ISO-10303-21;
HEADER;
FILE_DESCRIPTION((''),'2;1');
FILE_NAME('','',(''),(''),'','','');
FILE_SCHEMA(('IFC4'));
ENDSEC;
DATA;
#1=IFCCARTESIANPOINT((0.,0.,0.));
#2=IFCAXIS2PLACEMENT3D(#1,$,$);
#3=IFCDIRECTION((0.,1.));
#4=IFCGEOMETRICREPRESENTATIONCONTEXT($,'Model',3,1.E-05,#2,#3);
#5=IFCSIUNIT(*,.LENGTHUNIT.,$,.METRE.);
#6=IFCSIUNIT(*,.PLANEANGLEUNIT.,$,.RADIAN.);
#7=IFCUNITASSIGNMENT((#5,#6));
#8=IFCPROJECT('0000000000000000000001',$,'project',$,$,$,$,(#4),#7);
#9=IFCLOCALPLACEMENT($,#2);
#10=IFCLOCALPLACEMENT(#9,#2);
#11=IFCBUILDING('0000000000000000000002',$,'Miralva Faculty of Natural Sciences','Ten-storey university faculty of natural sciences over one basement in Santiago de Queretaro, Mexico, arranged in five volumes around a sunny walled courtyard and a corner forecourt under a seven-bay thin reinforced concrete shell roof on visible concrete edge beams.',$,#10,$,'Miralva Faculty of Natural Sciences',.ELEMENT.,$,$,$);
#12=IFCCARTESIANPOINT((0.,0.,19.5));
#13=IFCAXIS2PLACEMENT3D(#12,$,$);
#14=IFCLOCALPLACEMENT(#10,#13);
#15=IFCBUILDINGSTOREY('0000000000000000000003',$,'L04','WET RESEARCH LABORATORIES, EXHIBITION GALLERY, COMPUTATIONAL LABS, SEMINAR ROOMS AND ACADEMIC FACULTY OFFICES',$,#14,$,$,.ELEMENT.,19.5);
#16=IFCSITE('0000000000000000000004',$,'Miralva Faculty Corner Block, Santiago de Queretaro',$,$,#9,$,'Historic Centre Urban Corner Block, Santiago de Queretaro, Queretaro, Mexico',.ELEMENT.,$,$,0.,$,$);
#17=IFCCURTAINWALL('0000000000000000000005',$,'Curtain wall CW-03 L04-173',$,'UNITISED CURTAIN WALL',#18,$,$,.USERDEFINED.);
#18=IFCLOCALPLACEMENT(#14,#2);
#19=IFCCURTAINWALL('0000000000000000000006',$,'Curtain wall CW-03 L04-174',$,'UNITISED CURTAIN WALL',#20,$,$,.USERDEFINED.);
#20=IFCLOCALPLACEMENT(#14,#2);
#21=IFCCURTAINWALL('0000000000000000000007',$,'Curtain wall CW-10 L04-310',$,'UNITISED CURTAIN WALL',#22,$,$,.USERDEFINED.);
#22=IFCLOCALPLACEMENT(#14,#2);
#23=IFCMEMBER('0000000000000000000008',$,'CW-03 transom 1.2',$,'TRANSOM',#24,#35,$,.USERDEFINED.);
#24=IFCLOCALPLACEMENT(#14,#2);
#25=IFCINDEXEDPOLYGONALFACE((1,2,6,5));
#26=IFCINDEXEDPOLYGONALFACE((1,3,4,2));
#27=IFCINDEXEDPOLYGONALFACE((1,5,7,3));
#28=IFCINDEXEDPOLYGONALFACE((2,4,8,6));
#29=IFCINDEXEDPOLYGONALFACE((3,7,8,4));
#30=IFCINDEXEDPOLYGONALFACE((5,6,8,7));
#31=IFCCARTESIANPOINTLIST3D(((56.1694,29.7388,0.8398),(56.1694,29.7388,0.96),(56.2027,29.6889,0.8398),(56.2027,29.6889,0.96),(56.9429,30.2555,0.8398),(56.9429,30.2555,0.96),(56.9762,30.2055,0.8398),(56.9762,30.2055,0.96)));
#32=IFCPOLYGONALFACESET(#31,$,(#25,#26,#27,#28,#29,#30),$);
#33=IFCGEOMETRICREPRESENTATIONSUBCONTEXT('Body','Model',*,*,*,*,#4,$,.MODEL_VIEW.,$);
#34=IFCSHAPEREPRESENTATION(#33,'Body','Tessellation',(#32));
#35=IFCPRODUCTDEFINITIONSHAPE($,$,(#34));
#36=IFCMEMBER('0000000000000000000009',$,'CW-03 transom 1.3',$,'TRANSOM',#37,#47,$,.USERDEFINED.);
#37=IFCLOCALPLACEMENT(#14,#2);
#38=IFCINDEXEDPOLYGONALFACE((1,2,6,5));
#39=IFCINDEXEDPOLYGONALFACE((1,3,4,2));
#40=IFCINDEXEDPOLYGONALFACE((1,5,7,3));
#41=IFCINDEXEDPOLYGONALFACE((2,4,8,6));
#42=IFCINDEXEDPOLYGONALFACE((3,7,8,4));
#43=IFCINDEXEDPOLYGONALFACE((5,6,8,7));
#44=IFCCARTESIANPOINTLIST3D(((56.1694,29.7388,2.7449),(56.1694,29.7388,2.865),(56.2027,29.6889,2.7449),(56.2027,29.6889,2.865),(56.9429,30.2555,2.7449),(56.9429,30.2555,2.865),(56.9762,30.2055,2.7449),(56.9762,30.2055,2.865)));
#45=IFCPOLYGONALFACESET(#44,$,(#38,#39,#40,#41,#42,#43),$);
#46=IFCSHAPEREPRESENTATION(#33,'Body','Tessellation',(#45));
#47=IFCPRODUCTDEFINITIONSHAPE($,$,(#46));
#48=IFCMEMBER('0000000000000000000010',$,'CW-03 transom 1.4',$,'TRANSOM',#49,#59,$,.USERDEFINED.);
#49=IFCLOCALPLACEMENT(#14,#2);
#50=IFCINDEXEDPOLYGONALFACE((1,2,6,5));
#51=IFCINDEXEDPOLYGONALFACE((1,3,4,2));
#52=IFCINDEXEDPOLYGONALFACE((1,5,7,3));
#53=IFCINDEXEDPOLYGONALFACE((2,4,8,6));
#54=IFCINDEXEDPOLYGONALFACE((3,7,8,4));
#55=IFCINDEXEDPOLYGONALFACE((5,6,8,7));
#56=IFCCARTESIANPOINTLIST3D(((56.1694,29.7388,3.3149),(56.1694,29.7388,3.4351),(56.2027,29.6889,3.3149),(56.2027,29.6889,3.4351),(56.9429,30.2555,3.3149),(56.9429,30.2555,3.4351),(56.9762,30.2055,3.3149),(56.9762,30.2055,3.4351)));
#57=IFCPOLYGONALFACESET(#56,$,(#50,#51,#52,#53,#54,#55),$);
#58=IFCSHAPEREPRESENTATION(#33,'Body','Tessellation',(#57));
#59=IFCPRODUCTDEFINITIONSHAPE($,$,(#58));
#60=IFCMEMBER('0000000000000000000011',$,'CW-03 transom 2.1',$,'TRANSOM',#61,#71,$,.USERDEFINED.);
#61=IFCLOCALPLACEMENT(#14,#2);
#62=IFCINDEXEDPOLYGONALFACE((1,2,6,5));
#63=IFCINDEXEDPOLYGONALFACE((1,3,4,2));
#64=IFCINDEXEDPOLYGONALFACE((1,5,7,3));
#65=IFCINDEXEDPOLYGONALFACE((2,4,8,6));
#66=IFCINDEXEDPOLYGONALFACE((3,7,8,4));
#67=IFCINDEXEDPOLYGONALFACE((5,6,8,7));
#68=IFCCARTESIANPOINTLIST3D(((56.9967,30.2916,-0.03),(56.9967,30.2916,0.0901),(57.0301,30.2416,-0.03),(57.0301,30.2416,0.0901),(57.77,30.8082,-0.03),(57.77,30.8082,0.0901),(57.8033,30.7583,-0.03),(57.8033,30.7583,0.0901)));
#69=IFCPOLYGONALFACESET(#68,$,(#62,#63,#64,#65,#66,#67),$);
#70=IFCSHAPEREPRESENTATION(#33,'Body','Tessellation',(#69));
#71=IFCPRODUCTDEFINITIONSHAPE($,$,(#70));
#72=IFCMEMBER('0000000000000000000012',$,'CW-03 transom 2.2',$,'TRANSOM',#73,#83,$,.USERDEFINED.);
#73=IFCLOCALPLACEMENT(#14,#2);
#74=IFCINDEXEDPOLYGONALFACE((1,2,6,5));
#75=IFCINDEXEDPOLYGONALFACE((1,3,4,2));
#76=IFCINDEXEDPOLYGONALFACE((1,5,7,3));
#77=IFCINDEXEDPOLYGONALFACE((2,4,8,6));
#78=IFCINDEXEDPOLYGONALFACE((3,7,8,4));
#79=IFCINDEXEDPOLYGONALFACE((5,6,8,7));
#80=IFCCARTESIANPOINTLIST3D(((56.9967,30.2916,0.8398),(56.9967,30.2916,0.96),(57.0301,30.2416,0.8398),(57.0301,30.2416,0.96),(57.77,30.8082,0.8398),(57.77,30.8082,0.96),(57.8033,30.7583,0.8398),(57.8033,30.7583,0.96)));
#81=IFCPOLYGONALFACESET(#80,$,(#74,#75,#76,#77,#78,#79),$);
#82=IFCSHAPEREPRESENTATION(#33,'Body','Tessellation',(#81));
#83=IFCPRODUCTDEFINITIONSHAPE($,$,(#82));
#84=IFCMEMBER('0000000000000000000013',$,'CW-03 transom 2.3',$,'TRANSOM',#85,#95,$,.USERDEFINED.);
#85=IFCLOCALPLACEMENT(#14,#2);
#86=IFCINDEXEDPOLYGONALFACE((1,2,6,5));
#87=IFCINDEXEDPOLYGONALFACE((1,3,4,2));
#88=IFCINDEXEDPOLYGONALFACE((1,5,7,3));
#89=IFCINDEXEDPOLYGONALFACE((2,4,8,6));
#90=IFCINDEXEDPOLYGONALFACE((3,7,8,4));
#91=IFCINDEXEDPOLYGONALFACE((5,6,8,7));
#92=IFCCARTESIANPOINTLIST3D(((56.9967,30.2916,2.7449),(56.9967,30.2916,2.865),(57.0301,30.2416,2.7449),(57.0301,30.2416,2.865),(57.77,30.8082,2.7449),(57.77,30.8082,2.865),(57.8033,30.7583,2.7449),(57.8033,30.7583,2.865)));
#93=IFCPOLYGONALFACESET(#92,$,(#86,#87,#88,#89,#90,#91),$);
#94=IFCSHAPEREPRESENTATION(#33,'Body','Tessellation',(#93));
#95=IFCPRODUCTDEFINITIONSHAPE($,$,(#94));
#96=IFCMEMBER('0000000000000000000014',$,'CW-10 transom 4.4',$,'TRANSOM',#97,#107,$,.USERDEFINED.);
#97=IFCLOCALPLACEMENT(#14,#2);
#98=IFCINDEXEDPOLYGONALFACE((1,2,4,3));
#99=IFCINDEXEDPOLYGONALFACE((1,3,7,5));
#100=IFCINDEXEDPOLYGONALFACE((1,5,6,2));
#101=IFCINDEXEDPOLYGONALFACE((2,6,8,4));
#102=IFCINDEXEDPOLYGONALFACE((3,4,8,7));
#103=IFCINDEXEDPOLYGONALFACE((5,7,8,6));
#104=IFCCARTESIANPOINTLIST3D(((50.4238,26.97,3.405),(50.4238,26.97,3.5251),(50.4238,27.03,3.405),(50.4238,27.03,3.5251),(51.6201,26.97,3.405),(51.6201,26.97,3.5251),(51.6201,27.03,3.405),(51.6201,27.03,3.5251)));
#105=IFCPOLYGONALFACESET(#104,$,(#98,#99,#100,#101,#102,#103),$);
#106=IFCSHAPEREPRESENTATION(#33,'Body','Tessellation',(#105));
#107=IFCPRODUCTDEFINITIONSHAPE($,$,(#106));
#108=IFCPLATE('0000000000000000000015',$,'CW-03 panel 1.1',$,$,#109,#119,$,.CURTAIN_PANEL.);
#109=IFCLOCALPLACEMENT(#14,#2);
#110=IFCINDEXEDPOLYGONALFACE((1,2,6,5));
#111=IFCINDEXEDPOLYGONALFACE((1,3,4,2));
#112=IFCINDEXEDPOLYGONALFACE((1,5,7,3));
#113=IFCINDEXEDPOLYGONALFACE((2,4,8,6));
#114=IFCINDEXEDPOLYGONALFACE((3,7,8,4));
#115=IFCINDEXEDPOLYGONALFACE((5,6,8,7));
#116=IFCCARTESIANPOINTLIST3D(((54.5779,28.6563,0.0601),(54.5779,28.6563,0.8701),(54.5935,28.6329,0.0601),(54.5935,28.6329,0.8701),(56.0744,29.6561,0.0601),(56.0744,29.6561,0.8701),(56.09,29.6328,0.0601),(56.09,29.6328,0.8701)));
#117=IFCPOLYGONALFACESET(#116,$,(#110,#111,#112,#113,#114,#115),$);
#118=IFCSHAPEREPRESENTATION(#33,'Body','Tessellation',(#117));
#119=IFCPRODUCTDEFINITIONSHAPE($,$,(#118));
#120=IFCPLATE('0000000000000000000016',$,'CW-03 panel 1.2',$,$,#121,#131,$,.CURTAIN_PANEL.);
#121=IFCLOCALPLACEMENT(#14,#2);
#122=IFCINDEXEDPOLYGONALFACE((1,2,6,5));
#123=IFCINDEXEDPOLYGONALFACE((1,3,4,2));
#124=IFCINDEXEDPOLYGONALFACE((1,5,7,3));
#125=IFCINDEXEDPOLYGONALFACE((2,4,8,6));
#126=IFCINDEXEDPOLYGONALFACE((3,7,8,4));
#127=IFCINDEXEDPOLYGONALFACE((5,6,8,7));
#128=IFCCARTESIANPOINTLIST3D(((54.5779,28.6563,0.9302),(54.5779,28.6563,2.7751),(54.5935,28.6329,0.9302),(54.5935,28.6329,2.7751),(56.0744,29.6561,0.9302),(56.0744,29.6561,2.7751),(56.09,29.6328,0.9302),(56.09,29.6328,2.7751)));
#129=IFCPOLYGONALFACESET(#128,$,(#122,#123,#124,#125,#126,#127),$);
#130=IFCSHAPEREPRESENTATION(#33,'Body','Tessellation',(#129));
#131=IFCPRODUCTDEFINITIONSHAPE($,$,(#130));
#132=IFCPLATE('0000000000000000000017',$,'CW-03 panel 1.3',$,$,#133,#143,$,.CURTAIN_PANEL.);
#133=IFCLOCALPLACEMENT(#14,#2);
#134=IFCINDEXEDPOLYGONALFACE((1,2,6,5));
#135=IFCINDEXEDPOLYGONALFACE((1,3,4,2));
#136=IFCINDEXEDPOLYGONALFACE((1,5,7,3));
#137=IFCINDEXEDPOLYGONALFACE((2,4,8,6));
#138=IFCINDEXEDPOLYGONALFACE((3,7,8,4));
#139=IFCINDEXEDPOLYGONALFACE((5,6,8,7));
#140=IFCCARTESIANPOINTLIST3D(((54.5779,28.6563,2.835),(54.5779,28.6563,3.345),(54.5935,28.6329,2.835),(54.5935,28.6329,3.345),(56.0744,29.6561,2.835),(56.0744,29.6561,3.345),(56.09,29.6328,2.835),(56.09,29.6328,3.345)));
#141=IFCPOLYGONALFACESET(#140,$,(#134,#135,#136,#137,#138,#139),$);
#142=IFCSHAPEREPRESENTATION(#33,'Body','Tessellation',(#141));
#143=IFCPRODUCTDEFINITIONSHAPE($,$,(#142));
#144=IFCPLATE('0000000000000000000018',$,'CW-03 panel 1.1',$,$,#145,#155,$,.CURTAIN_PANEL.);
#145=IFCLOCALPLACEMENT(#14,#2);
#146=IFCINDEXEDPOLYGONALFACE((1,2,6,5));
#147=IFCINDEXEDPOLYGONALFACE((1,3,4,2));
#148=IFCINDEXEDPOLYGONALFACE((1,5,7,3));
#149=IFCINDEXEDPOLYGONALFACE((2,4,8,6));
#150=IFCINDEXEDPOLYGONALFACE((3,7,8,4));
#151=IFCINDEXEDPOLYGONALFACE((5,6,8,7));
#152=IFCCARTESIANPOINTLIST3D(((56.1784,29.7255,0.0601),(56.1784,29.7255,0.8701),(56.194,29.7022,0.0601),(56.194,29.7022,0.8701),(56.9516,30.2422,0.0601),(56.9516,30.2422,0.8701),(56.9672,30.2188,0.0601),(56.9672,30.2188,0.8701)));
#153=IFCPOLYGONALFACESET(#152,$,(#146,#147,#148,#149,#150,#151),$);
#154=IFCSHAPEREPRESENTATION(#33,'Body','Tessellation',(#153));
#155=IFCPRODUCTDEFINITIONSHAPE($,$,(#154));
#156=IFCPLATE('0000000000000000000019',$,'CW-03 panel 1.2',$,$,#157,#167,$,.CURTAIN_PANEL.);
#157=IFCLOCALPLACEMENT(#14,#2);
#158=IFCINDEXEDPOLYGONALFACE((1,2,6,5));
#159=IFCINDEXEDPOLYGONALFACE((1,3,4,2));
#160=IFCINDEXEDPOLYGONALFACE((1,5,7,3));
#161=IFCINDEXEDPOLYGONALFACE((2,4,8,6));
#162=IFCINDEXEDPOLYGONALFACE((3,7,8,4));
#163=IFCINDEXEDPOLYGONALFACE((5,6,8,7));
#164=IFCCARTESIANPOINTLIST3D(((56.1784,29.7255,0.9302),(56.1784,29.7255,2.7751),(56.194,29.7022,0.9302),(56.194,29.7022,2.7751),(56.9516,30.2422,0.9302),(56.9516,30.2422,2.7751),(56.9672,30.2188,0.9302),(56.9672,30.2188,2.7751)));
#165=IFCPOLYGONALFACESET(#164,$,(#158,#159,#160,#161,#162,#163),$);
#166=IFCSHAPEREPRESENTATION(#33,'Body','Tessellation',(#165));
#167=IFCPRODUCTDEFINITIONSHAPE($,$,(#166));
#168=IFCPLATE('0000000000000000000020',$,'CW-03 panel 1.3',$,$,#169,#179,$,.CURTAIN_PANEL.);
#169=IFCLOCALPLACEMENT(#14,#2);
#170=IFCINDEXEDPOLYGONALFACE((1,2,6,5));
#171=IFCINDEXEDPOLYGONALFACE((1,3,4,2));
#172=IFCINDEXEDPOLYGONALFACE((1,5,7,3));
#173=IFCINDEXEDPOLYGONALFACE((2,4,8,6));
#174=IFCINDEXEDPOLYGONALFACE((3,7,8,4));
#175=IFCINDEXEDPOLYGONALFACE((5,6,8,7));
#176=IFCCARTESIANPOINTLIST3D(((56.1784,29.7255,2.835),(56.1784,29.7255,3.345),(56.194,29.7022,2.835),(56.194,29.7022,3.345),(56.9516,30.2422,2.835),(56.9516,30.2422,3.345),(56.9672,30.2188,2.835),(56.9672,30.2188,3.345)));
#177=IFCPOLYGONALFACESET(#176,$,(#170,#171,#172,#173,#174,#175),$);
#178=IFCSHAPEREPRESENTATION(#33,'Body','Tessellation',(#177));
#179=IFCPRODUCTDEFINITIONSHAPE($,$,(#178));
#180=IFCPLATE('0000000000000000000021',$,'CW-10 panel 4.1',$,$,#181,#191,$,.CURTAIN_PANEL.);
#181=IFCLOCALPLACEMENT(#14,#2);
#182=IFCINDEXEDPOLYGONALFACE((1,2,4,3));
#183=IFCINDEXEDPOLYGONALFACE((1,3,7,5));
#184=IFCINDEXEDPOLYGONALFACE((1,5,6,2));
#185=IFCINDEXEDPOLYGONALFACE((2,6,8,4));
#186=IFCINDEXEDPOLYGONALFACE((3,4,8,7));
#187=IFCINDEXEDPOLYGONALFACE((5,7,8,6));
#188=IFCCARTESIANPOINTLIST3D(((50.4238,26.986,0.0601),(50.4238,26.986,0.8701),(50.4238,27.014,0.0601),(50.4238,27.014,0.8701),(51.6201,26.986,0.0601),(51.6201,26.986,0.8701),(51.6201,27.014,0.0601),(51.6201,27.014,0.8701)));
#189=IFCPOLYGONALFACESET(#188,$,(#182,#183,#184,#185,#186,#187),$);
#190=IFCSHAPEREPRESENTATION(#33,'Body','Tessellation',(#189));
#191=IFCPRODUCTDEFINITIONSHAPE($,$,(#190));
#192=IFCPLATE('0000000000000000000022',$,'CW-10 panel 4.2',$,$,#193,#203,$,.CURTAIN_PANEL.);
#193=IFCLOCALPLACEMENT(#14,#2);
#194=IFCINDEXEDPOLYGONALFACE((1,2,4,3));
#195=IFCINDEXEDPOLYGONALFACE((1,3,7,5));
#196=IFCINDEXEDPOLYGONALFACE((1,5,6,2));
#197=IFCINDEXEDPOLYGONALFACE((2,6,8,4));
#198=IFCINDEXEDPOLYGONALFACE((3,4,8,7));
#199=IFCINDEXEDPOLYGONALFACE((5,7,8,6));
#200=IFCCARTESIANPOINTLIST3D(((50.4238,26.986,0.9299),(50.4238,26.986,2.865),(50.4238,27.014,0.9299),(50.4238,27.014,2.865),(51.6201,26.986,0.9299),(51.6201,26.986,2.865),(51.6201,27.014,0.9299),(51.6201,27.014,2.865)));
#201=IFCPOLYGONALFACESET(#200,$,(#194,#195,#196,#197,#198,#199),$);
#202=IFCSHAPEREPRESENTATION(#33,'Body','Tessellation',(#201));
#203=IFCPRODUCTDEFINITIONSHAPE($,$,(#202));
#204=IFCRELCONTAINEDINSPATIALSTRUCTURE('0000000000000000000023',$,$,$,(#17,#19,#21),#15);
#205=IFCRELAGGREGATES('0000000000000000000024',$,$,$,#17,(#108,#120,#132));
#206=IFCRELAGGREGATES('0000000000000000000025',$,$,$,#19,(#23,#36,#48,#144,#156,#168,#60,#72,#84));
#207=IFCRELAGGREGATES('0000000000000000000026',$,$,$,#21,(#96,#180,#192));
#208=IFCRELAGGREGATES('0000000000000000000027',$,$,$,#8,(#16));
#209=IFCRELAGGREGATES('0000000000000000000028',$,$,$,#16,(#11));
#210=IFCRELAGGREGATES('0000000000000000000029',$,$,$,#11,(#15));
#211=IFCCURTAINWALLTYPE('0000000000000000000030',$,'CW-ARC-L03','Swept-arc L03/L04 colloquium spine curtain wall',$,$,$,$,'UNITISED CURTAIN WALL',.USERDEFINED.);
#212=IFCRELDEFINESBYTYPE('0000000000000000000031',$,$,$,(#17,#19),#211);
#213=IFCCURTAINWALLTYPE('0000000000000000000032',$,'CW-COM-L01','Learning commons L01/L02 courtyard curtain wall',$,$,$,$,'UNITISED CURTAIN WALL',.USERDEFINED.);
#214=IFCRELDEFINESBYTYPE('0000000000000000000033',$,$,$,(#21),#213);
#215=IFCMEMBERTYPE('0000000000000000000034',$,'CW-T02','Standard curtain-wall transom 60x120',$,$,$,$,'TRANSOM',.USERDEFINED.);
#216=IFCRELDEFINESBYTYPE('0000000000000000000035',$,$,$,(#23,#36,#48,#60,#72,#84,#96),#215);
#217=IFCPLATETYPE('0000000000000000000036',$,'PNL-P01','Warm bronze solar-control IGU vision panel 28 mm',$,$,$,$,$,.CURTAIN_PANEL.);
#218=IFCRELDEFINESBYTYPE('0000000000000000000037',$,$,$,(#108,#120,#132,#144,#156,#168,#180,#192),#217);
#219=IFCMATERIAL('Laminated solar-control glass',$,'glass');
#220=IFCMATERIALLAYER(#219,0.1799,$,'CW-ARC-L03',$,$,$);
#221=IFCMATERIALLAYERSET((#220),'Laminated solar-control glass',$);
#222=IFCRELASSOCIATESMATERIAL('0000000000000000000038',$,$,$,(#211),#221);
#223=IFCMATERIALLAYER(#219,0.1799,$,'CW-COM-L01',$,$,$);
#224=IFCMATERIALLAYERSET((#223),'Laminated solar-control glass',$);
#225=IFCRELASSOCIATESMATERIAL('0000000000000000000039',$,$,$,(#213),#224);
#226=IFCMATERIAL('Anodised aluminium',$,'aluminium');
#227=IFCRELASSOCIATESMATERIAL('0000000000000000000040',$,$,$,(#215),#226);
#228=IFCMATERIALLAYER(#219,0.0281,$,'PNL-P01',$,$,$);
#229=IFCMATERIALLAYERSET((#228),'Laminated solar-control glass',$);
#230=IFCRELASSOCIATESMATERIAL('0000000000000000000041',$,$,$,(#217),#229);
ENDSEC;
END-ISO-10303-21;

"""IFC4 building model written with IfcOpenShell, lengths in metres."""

from ifc_helpers import new_model, si_unit, direction, frame, origin, origin_2d, place, context, subcontext, project, spatial, rectangle, extrude, material, layer, layer_set, material_profile, profile_set, type_object, element, aggregate, save


model = new_model("IFC4")

# Units and contexts
model_context = context("Model", 3, precision=1e-05, world=origin(), true_north=direction((0.0, 1.0)))
body_context = subcontext(model_context, "Body", "Model", "MODEL_VIEW")
ifc_project = project(units=[si_unit("LENGTHUNIT", "METRE"), si_unit("PLANEANGLEUNIT", "RADIAN")], contexts=[model_context])

# Site, building, storey
site_placement = place(None, origin())
site = spatial("IfcSite", under=ifc_project, at=site_placement, Name="Miralva Faculty Corner Block, Santiago de Queretaro", LongName="Historic Centre Urban Corner Block, Santiago de Queretaro, Queretaro, Mexico", CompositionType="ELEMENT", RefElevation=0.0)
building_placement = place(site_placement, origin())
building = spatial("IfcBuilding", under=site, at=building_placement, Name="Miralva Faculty of Natural Sciences", Description="Ten-storey university faculty of natural sciences over one basement in Santiago de Queretaro, Mexico, arranged in five volumes around a sunny walled courtyard and a corner forecourt under a seven-bay thin reinforced concrete shell roof on visible concrete edge beams.", LongName="Miralva Faculty of Natural Sciences", CompositionType="ELEMENT")
storey_placement = place(building_placement, frame((0.0, 0.0, 19.5)))
storey = spatial("IfcBuildingStorey", under=building, at=storey_placement, Name="L04", Description="WET RESEARCH LABORATORIES, EXHIBITION GALLERY, COMPUTATIONAL LABS, SEMINAR ROOMS AND ACADEMIC FACULTY OFFICES", CompositionType="ELEMENT", Elevation=19.5)

# Curtain walls
ifc_material_1 = material(Name="Laminated solar-control glass", Category="glass")
ifc_layer_1 = layer(ifc_material_1, 0.1799, Name="CW-ARC-L03")
ifc_layer_set_1 = layer_set([ifc_layer_1], Name="Laminated solar-control glass")
curtain_wall_type_1 = type_object("IfcCurtainWallType", Name="CW-ARC-L03", Description="Swept-arc L03/L04 colloquium spine curtain wall", ElementType="UNITISED CURTAIN WALL", PredefinedType="USERDEFINED", material=ifc_layer_set_1)
curtain_wall_1_placement = place(storey_placement, origin())
curtain_wall_1 = element("IfcCurtainWall", 1, at=curtain_wall_1_placement, inside=storey, type_object=curtain_wall_type_1, Name="Curtain wall CW-03 L04-173", ObjectType="UNITISED CURTAIN WALL", PredefinedType="USERDEFINED")
ifc_material_2 = material(Name="Anodised aluminium", Category="aluminium")
curtain_wall_2_placement = place(storey_placement, origin())
curtain_wall_2 = element("IfcCurtainWall", 2, at=curtain_wall_2_placement, inside=storey, type_object=curtain_wall_type_1, Name="Curtain wall CW-03 L04-174", ObjectType="UNITISED CURTAIN WALL", PredefinedType="USERDEFINED")

# Curtain wall
ifc_layer_2 = layer(ifc_material_1, 0.1799, Name="CW-COM-L01")
ifc_layer_set_2 = layer_set([ifc_layer_2], Name="Laminated solar-control glass")
curtain_wall_type_2 = type_object("IfcCurtainWallType", Name="CW-COM-L01", Description="Learning commons L01/L02 courtyard curtain wall", ElementType="UNITISED CURTAIN WALL", PredefinedType="USERDEFINED", material=ifc_layer_set_2)
curtain_wall_3_placement = place(storey_placement, origin())
curtain_wall_3 = element("IfcCurtainWall", 3, at=curtain_wall_3_placement, inside=storey, type_object=curtain_wall_type_2, Name="Curtain wall CW-10 L04-310", ObjectType="UNITISED CURTAIN WALL", PredefinedType="USERDEFINED")

# Members
ifc_material_profile_1 = material_profile(ifc_material_2, rectangle(XDim=0.0601, YDim=0.1201, at=origin_2d()), Name="TRANSOM 60x120")
ifc_profile_set_1 = profile_set([ifc_material_profile_1], Name="Anodised aluminium")
member_type_1 = type_object("IfcMemberType", Name="CW-T02", Description="Standard curtain-wall transom 60x120", ElementType="TRANSOM", PredefinedType="USERDEFINED", material=ifc_profile_set_1)
member_1_placement = place(storey_placement, frame((56.186, 29.7139, 0.8999), z_axis=(0.831565, 0.555427, 0.0), x_axis=(-0.555427, 0.831565, 0.0)))
member_1 = element("IfcMember", 4, at=member_1_placement, type_object=member_type_1, Name="CW-03 transom 1.2", ObjectType="TRANSOM", PredefinedType="USERDEFINED", context=body_context, shape_type="SweptSolid", body=[
    extrude(rectangle(XDim=0.0601, YDim=0.1201, at=origin_2d()), origin(), (0.0, 0.0, 1.0), 0.9302),
])
member_2_placement = place(storey_placement, frame((56.186, 29.7139, 2.8049), z_axis=(0.831565, 0.555427, 0.0), x_axis=(-0.555427, 0.831565, 0.0)))
member_2 = element("IfcMember", 5, at=member_2_placement, type_object=member_type_1, Name="CW-03 transom 1.3", ObjectType="TRANSOM", PredefinedType="USERDEFINED", context=body_context, shape_type="SweptSolid", body=[
    extrude(rectangle(XDim=0.0601, YDim=0.1201, at=origin_2d()), origin(), (0.0, 0.0, 1.0), 0.9302),
])
member_3_placement = place(storey_placement, frame((56.186, 29.7139, 3.375), z_axis=(0.831565, 0.555427, 0.0), x_axis=(-0.555427, 0.831565, 0.0)))
member_3 = element("IfcMember", 6, at=member_3_placement, type_object=member_type_1, Name="CW-03 transom 1.4", ObjectType="TRANSOM", PredefinedType="USERDEFINED", context=body_context, shape_type="SweptSolid", body=[
    extrude(rectangle(XDim=0.0601, YDim=0.1201, at=origin_2d()), origin(), (0.0, 0.0, 1.0), 0.9302),
])
member_4_placement = place(storey_placement, frame((57.0134, 30.2666, 0.03), z_axis=(0.831484, 0.555548, 0.0), x_axis=(-0.555548, 0.831484, 0.0)))
member_4 = element("IfcMember", 7, at=member_4_placement, type_object=member_type_1, Name="CW-03 transom 2.1", ObjectType="TRANSOM", PredefinedType="USERDEFINED", context=body_context, shape_type="SweptSolid", body=[
    extrude(rectangle(XDim=0.0601, YDim=0.1201, at=origin_2d()), origin(), (0.0, 0.0, 1.0), 0.9299),
])
member_5_placement = place(storey_placement, frame((57.0134, 30.2666, 0.8999), z_axis=(0.831484, 0.555548, 0.0), x_axis=(-0.555548, 0.831484, 0.0)))
member_5 = element("IfcMember", 8, at=member_5_placement, type_object=member_type_1, Name="CW-03 transom 2.2", ObjectType="TRANSOM", PredefinedType="USERDEFINED", context=body_context, shape_type="SweptSolid", body=[
    extrude(rectangle(XDim=0.0601, YDim=0.1201, at=origin_2d()), origin(), (0.0, 0.0, 1.0), 0.9299),
])
member_6_placement = place(storey_placement, frame((57.0134, 30.2666, 2.8049), z_axis=(0.831484, 0.555548, 0.0), x_axis=(-0.555548, 0.831484, 0.0)))
member_6 = element("IfcMember", 9, at=member_6_placement, type_object=member_type_1, Name="CW-03 transom 2.3", ObjectType="TRANSOM", PredefinedType="USERDEFINED", context=body_context, shape_type="SweptSolid", body=[
    extrude(rectangle(XDim=0.0601, YDim=0.1201, at=origin_2d()), origin(), (0.0, 0.0, 1.0), 0.9299),
])
member_7_placement = place(storey_placement, frame((50.4238, 27.0, 3.4651), z_axis=(1.0, 0.0, 0.0), x_axis=(0.0, 1.0, 0.0)))
member_7 = element("IfcMember", 10, at=member_7_placement, type_object=member_type_1, Name="CW-10 transom 4.4", ObjectType="TRANSOM", PredefinedType="USERDEFINED", context=body_context, shape_type="SweptSolid", body=[
    extrude(rectangle(XDim=0.0601, YDim=0.1201, at=origin_2d()), origin(), (0.0, 0.0, 1.0), 1.1963),
])

# Plates
ifc_layer_3 = layer(ifc_material_1, 0.0281, Name="PNL-P01")
ifc_layer_set_3 = layer_set([ifc_layer_3], Name="Laminated solar-control glass")
plate_type = type_object("IfcPlateType", Name="PNL-P01", Description="Warm bronze solar-control IGU vision panel 28 mm", PredefinedType="CURTAIN_PANEL", material=ifc_layer_set_3)
plate_1_placement = place(storey_placement, frame((55.334, 29.1445, 0.0601), z_axis=(0.0, 0.0, 1.0), x_axis=(0.831484, 0.555549, 0.0)))
plate_1 = element("IfcPlate", 11, at=plate_1_placement, type_object=plate_type, Name="CW-03 panel 1.1", PredefinedType="CURTAIN_PANEL", context=body_context, shape_type="SweptSolid", body=[
    extrude(rectangle(XDim=1.7998, YDim=0.0281, at=origin_2d()), origin(), (0.0, 0.0, 1.0), 0.8101),
])
plate_2_placement = place(storey_placement, frame((55.334, 29.1445, 0.9302), z_axis=(0.0, 0.0, 1.0), x_axis=(0.831484, 0.555549, 0.0)))
plate_2 = element("IfcPlate", 12, at=plate_2_placement, type_object=plate_type, Name="CW-03 panel 1.2", PredefinedType="CURTAIN_PANEL", context=body_context, shape_type="SweptSolid", body=[
    extrude(rectangle(XDim=1.7998, YDim=0.0281, at=origin_2d()), origin(), (0.0, 0.0, 1.0), 1.845),
])
plate_3_placement = place(storey_placement, frame((55.334, 29.1445, 2.835), z_axis=(0.0, 0.0, 1.0), x_axis=(0.831484, 0.555549, 0.0)))
plate_3 = element("IfcPlate", 13, at=plate_3_placement, type_object=plate_type, Name="CW-03 panel 1.3", PredefinedType="CURTAIN_PANEL", context=body_context, shape_type="SweptSolid", body=[
    extrude(rectangle(XDim=1.7998, YDim=0.0281, at=origin_2d()), origin(), (0.0, 0.0, 1.0), 0.51),
])
aggregate(curtain_wall_1, [plate_1, plate_2, plate_3])
plate_4_placement = place(storey_placement, frame((56.5728, 29.9722, 0.0601), z_axis=(0.0, 0.0, 1.0), x_axis=(0.831458, 0.555587, 0.0)))
plate_4 = element("IfcPlate", 14, at=plate_4_placement, type_object=plate_type, Name="CW-03 panel 1.1", PredefinedType="CURTAIN_PANEL", context=body_context, shape_type="SweptSolid", body=[
    extrude(rectangle(XDim=0.9299, YDim=0.0281, at=origin_2d()), origin(), (0.0, 0.0, 1.0), 0.8101),
])
plate_5_placement = place(storey_placement, frame((56.5728, 29.9722, 0.9302), z_axis=(0.0, 0.0, 1.0), x_axis=(0.831458, 0.555587, 0.0)))
plate_5 = element("IfcPlate", 15, at=plate_5_placement, type_object=plate_type, Name="CW-03 panel 1.2", PredefinedType="CURTAIN_PANEL", context=body_context, shape_type="SweptSolid", body=[
    extrude(rectangle(XDim=0.9299, YDim=0.0281, at=origin_2d()), origin(), (0.0, 0.0, 1.0), 1.845),
])
plate_6_placement = place(storey_placement, frame((56.5728, 29.9722, 2.835), z_axis=(0.0, 0.0, 1.0), x_axis=(0.831458, 0.555587, 0.0)))
plate_6 = element("IfcPlate", 16, at=plate_6_placement, type_object=plate_type, Name="CW-03 panel 1.3", PredefinedType="CURTAIN_PANEL", context=body_context, shape_type="SweptSolid", body=[
    extrude(rectangle(XDim=0.9299, YDim=0.0281, at=origin_2d()), origin(), (0.0, 0.0, 1.0), 0.51),
])
aggregate(curtain_wall_2, [member_1, member_2, member_3, plate_4, plate_5, plate_6, member_4, member_5, member_6])
plate_7_placement = place(storey_placement, frame((51.022, 27.0, 0.0601), z_axis=(0.0, 0.0, 1.0), x_axis=(1.0, 0.0, 0.0)))
plate_7 = element("IfcPlate", 17, at=plate_7_placement, type_object=plate_type, Name="CW-10 panel 4.1", PredefinedType="CURTAIN_PANEL", context=body_context, shape_type="SweptSolid", body=[
    extrude(rectangle(XDim=1.1963, YDim=0.0281, at=origin_2d()), origin(), (0.0, 0.0, 1.0), 0.8101),
])
plate_8_placement = place(storey_placement, frame((51.022, 27.0, 0.9299), z_axis=(0.0, 0.0, 1.0), x_axis=(1.0, 0.0, 0.0)))
plate_8 = element("IfcPlate", 18, at=plate_8_placement, type_object=plate_type, Name="CW-10 panel 4.2", PredefinedType="CURTAIN_PANEL", context=body_context, shape_type="SweptSolid", body=[
    extrude(rectangle(XDim=1.1963, YDim=0.0281, at=origin_2d()), origin(), (0.0, 0.0, 1.0), 1.9351),
])
aggregate(curtain_wall_3, [member_7, plate_7, plate_8])

save(model, "model.ifc")
